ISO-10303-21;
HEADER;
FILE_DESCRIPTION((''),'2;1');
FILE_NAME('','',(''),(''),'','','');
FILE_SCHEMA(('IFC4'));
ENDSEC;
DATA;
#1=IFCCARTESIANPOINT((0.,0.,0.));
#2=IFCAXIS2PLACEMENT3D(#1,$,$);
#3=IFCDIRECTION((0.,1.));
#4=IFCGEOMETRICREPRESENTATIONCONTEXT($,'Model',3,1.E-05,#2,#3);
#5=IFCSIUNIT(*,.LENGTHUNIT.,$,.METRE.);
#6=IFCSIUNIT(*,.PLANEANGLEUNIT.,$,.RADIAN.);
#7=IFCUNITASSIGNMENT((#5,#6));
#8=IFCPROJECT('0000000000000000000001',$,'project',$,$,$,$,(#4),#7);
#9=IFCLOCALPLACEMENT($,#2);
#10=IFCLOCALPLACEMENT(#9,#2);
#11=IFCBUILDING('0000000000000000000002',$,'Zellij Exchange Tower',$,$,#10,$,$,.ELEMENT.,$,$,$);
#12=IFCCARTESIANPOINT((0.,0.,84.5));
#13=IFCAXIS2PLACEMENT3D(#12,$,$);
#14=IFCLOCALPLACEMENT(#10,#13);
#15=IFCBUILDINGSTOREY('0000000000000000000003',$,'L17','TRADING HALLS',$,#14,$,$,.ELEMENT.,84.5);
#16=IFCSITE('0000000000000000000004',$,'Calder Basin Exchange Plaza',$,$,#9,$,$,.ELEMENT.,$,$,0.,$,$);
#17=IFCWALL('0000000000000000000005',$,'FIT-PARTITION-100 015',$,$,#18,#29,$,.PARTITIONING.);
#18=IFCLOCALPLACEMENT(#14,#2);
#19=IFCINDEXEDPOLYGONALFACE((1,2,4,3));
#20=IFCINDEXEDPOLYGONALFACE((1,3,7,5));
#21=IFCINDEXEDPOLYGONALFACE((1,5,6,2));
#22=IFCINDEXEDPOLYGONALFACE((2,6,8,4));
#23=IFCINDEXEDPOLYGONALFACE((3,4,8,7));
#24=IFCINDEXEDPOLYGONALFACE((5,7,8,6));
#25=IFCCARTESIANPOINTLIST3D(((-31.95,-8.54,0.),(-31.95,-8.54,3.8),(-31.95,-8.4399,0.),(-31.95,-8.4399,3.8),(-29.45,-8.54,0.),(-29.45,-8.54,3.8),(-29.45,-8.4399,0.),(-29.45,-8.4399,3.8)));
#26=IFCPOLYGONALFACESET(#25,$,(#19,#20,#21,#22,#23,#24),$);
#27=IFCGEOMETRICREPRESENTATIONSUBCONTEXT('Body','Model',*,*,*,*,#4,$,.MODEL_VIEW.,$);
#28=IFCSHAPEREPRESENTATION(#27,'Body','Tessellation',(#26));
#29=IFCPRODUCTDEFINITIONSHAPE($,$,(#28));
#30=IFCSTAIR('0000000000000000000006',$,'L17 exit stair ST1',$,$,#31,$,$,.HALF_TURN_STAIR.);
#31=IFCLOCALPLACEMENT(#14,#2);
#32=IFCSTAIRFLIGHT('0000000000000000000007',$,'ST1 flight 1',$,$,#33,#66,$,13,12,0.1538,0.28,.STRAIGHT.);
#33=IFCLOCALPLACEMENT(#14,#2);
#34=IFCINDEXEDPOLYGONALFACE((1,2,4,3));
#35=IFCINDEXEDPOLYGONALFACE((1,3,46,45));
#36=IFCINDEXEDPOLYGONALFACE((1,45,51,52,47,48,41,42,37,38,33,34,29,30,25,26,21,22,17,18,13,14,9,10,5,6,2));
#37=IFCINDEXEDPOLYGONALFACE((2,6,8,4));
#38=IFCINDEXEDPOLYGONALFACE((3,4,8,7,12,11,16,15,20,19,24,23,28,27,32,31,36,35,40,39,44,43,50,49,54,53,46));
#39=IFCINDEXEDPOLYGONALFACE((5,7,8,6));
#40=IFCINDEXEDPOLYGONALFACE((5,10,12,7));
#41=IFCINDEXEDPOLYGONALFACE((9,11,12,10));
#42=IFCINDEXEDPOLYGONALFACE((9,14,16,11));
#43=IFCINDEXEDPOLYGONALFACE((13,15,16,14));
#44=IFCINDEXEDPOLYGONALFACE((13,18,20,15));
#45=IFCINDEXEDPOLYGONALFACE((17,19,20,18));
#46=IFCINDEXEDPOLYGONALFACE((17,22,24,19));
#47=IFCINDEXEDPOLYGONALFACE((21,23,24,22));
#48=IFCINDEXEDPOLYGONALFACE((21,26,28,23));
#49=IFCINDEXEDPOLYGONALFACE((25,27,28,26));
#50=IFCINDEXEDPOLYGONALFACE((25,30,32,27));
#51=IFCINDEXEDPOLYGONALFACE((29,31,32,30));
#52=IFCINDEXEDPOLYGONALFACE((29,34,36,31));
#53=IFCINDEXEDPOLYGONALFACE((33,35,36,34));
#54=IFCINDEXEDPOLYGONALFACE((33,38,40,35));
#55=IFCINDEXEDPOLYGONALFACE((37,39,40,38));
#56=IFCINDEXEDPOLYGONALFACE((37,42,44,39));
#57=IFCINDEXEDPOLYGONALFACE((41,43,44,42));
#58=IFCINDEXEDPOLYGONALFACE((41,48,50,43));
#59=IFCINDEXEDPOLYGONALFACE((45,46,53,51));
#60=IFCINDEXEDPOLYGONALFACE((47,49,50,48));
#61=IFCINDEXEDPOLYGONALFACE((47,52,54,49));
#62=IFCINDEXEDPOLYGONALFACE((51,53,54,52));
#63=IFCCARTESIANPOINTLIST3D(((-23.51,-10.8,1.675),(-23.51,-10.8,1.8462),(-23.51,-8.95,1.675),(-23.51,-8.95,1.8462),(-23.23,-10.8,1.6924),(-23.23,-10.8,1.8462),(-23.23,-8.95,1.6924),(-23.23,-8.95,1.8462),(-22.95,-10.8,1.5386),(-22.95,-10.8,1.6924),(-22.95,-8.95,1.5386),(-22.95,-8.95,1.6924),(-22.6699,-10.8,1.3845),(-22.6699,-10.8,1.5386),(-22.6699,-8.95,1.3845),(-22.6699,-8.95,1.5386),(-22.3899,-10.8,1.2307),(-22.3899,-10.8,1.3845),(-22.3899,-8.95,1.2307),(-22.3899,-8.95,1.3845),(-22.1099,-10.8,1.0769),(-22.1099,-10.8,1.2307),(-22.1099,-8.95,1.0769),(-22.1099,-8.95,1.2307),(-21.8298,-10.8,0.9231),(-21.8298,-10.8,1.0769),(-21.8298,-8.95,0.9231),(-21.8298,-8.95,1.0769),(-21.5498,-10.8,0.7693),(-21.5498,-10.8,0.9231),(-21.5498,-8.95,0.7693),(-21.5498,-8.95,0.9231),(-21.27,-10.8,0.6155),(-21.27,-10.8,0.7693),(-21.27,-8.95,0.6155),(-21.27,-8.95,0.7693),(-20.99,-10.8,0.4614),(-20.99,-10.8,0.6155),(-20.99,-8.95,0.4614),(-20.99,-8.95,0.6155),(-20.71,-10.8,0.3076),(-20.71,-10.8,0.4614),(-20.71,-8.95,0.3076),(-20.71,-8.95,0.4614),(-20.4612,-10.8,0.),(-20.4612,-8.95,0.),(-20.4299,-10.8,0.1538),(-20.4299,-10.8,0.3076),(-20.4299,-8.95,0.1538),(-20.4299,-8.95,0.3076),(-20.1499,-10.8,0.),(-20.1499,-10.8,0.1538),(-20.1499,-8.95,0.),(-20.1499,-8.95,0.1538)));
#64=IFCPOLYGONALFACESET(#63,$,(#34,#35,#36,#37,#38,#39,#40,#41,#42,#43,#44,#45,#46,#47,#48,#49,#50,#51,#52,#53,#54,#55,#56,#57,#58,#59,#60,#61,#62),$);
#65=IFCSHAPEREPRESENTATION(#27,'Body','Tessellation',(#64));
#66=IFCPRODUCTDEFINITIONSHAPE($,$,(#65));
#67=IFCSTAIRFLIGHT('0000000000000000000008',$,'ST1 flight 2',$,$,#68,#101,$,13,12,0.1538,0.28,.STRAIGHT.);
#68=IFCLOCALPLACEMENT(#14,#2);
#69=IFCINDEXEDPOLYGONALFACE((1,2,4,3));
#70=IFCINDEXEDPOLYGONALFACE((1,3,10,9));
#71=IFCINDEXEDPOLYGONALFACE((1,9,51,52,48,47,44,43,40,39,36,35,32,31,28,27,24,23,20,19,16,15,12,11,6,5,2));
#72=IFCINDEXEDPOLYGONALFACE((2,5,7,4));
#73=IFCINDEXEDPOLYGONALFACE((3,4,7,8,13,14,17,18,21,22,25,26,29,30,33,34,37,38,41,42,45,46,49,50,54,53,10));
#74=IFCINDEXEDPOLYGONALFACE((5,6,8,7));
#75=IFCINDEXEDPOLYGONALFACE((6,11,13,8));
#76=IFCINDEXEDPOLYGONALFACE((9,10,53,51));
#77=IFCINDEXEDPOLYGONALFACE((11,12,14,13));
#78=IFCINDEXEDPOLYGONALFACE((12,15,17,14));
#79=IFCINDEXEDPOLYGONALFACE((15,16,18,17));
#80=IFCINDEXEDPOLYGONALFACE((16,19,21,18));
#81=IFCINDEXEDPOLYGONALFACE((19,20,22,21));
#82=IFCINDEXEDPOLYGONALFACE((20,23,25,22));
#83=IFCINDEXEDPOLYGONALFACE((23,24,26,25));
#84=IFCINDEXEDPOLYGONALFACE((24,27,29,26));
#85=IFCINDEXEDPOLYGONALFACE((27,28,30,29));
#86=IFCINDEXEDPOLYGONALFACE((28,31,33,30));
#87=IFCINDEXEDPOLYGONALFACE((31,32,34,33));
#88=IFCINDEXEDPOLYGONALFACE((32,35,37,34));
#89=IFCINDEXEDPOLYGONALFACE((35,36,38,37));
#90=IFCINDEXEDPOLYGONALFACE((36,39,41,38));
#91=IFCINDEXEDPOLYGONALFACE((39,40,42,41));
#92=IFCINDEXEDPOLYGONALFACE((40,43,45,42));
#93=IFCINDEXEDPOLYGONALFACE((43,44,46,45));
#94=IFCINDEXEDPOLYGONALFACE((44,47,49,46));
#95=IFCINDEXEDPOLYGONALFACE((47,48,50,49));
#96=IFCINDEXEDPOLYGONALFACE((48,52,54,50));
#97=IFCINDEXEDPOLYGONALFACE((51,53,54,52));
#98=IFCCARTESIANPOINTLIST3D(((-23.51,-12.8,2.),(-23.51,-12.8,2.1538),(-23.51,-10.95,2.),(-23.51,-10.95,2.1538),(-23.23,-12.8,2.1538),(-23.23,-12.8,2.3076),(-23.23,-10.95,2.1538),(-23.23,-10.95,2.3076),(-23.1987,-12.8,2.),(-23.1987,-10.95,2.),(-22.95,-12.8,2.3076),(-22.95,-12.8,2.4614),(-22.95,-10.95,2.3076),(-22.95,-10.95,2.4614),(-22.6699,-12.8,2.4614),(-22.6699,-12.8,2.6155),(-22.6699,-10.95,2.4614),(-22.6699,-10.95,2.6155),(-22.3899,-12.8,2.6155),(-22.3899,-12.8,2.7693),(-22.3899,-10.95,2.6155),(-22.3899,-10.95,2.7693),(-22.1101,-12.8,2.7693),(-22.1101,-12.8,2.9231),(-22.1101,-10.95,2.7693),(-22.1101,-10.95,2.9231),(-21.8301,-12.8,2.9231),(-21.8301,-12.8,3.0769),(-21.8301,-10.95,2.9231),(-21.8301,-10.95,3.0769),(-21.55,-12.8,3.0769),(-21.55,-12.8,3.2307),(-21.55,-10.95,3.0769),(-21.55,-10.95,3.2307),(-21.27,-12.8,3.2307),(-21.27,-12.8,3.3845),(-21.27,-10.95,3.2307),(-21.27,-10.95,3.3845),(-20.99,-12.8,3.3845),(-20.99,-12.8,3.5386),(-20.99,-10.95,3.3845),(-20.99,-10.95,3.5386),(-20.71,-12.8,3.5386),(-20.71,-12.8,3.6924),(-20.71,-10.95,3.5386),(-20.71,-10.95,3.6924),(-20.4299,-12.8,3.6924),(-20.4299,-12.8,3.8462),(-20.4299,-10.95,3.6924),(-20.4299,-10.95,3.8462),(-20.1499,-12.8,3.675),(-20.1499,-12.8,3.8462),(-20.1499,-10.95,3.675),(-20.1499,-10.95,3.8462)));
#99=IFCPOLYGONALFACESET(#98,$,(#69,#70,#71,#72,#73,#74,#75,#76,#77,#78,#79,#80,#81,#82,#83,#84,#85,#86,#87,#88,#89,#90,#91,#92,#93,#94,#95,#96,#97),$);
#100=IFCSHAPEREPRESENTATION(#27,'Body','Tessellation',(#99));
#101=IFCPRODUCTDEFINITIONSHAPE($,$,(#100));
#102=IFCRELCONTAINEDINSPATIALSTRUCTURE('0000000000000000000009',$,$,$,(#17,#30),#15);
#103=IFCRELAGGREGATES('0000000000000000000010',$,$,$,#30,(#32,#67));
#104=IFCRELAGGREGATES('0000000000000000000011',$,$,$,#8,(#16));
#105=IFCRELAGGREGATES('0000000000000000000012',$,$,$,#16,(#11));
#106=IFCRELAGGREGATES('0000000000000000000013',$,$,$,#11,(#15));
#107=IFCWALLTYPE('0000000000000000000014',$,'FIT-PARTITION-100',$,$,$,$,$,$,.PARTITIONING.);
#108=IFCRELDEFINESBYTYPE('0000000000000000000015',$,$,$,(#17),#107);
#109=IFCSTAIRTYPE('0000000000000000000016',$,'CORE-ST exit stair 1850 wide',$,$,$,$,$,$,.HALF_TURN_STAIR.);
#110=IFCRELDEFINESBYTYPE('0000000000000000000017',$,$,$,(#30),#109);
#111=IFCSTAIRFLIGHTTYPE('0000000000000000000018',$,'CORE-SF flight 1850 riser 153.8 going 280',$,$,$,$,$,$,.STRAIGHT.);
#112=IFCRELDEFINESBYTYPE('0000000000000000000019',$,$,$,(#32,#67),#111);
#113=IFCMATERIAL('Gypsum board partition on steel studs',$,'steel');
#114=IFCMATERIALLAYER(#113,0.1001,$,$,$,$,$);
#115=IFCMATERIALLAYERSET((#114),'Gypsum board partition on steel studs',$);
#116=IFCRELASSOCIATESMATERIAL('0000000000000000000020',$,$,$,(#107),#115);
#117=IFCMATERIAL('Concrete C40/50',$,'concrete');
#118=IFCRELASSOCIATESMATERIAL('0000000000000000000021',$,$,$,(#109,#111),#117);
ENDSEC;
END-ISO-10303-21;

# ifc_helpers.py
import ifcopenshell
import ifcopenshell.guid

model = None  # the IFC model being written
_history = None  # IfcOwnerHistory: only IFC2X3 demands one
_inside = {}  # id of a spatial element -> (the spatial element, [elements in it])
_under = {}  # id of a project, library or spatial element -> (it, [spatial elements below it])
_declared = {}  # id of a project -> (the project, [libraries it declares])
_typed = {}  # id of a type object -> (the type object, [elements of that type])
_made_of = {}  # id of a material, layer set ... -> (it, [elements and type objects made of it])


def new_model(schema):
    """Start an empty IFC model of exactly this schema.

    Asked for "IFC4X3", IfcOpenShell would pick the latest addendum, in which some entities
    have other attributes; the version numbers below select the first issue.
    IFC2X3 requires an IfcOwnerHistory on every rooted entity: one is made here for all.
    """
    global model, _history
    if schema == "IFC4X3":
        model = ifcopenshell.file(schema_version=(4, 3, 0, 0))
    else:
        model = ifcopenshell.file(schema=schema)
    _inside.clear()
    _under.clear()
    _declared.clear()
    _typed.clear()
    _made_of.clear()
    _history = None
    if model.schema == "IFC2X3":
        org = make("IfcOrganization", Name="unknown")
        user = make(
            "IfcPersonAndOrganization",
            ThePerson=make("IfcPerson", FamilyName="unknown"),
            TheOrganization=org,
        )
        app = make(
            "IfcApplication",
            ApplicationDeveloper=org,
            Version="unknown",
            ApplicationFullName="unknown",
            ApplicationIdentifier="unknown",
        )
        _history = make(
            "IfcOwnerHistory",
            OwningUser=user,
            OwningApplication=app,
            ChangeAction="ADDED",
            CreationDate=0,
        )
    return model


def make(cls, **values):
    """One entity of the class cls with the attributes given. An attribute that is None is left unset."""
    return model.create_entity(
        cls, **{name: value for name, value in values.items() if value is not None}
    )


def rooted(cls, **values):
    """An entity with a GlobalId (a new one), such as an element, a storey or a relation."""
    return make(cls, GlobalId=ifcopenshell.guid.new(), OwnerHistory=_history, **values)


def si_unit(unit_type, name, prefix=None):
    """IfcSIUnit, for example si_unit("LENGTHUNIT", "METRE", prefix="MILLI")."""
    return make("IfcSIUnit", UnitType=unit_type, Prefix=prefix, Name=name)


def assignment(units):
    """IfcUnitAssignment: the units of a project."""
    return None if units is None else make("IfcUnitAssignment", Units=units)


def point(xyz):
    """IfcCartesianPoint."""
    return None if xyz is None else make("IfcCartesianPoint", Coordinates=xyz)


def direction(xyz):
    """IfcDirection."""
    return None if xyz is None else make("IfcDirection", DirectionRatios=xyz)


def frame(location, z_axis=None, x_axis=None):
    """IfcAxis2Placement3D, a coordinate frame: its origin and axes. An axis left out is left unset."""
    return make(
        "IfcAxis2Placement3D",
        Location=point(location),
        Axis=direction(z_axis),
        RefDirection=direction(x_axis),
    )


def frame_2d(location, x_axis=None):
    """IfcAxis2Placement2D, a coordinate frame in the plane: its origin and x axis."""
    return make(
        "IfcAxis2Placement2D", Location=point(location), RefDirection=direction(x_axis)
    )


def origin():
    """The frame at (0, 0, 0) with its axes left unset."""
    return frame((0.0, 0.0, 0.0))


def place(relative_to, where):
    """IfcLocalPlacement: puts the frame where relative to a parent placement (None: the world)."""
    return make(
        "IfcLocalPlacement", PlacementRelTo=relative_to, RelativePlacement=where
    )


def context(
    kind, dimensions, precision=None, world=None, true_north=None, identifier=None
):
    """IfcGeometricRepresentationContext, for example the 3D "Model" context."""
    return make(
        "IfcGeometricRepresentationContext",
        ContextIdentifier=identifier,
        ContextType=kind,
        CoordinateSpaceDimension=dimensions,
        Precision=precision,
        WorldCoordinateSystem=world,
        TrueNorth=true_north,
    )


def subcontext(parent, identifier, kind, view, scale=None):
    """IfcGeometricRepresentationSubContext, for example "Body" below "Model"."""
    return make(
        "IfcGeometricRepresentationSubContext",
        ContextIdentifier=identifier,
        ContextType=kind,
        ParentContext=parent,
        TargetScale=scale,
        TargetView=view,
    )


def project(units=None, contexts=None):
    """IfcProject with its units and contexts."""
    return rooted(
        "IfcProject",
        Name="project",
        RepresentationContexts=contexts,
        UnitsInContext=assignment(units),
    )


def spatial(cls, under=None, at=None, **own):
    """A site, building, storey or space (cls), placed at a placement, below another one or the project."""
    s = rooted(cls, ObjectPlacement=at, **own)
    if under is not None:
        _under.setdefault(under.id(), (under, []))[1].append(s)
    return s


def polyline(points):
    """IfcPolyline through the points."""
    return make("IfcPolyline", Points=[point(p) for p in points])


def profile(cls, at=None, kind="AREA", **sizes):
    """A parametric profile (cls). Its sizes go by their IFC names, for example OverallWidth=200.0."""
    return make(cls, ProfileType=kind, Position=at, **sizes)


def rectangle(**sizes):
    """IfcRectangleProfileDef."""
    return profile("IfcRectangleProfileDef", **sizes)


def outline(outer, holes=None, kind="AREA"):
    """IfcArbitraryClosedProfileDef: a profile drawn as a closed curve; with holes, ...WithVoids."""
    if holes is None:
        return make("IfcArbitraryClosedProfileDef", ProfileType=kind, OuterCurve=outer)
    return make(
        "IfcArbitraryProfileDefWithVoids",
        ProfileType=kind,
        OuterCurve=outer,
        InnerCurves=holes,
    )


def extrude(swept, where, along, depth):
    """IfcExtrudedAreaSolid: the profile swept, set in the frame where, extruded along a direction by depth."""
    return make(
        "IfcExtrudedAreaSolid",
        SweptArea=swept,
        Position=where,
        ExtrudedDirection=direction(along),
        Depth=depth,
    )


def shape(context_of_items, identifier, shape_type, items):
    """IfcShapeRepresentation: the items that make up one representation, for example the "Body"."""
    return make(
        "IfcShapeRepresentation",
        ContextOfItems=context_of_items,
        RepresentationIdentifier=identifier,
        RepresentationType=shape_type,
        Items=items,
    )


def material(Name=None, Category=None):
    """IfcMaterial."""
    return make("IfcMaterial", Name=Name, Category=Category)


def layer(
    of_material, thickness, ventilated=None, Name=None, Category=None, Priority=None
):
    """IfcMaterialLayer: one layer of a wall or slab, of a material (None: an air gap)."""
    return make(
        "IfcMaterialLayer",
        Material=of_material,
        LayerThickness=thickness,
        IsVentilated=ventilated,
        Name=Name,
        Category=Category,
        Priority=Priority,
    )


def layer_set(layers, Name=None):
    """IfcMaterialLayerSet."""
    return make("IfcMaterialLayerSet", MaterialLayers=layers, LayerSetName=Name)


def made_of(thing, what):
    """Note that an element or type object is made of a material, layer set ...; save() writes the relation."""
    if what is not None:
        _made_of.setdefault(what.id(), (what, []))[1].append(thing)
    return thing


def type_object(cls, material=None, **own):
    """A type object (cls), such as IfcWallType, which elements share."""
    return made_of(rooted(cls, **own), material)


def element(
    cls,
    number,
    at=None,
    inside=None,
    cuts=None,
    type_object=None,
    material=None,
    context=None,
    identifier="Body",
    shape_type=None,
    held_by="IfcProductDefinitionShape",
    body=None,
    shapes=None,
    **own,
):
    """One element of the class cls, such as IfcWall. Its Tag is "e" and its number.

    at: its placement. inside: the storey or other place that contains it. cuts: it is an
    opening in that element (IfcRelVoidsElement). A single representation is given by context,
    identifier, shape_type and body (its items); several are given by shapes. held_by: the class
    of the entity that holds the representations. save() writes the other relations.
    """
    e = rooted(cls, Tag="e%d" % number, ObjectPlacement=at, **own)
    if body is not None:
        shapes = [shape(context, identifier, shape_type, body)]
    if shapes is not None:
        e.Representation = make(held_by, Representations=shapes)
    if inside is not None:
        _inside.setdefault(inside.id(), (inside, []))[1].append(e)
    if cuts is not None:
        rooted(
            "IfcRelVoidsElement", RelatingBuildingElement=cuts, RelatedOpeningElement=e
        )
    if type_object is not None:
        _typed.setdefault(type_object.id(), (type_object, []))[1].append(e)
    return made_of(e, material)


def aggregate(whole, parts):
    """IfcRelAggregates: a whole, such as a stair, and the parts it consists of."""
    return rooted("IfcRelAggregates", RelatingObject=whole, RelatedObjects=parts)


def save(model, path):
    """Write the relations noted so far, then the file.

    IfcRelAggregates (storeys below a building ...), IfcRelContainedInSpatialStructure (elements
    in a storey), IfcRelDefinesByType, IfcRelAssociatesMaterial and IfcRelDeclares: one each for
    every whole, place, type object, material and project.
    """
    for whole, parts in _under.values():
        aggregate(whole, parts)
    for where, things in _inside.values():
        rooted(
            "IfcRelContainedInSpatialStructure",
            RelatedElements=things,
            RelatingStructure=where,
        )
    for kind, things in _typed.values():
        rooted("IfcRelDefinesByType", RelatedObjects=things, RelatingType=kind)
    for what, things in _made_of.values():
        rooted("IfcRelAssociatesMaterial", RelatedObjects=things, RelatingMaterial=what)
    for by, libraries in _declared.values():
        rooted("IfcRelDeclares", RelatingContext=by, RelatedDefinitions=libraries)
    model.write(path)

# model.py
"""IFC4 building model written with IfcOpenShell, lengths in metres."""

from ifc_helpers import new_model, si_unit, direction, frame, frame_2d, origin, place, context, subcontext, project, spatial, polyline, rectangle, outline, extrude, material, layer, layer_set, type_object, element, aggregate, save


model = new_model("IFC4")

# Units and contexts
model_context = context("Model", 3, precision=1e-05, world=origin(), true_north=direction((0.0, 1.0)))
body_context = subcontext(model_context, "Body", "Model", "MODEL_VIEW")
ifc_project = project(units=[si_unit("LENGTHUNIT", "METRE"), si_unit("PLANEANGLEUNIT", "RADIAN")], contexts=[model_context])

# Site, building, storey
site_placement = place(None, origin())
site = spatial("IfcSite", under=ifc_project, at=site_placement, Name="Calder Basin Exchange Plaza", CompositionType="ELEMENT", RefElevation=0.0)
building_placement = place(site_placement, origin())
building = spatial("IfcBuilding", under=site, at=building_placement, Name="Zellij Exchange Tower", CompositionType="ELEMENT")
storey_placement = place(building_placement, frame((0.0, 0.0, 84.5)))
storey = spatial("IfcBuildingStorey", under=building, at=storey_placement, Name="L17", Description="TRADING HALLS", CompositionType="ELEMENT", Elevation=84.5)

# Shared definitions
ifc_material_1 = material(Name="Gypsum board partition on steel studs", Category="steel")
ifc_layer_1 = layer(ifc_material_1, 0.1001)
ifc_layer_set_1 = layer_set([ifc_layer_1], Name="Gypsum board partition on steel studs")
wall_type_1 = type_object("IfcWallType", Name="FIT-PARTITION-100", PredefinedType="PARTITIONING", material=ifc_layer_set_1)

# Wall
wall_1_placement = place(storey_placement, frame((-31.95, -8.49, 0.0), z_axis=(0.0, 0.0, 1.0), x_axis=(1.0, 0.0, 0.0)))
element("IfcWall", 1, at=wall_1_placement, inside=storey, type_object=wall_type_1, Name="FIT-PARTITION-100 015", PredefinedType="PARTITIONING", context=body_context, shape_type="SweptSolid", body=[
    extrude(rectangle(XDim=2.5, YDim=0.1001, at=frame_2d((1.25, 0.0))), origin(), (0.0, 0.0, 1.0), 3.8),
])

# Stair, stair flights
ifc_material_2 = material(Name="Concrete C40/50", Category="concrete")
stair_type = type_object("IfcStairType", Name="CORE-ST exit stair 1850 wide", PredefinedType="HALF_TURN_STAIR", material=ifc_material_2)
stair_placement = place(storey_placement, origin())
stair = element("IfcStair", 2, at=stair_placement, inside=storey, type_object=stair_type, Name="L17 exit stair ST1", PredefinedType="HALF_TURN_STAIR")
stair_flight_type = type_object("IfcStairFlightType", Name="CORE-SF flight 1850 riser 153.8 going 280", PredefinedType="STRAIGHT", material=ifc_material_2)
stair_flight_1_placement = place(storey_placement, frame((-20.1499, -9.875, 0.0), z_axis=(0.0, 0.0, 1.0), x_axis=(-1.0, 0.0, 0.0)))
stair_flight_1 = element("IfcStairFlight", 3, at=stair_flight_1_placement, type_object=stair_flight_type, Name="ST1 flight 1", NumberOfRisers=13, NumberOfTreads=12, PredefinedType="STRAIGHT", RiserHeight=0.1538, TreadLength=0.28, context=body_context, shape_type="SweptSolid", body=[
    extrude(outline(polyline([(0.0, 0.0), (0.0, 0.1538), (0.28, 0.1538), (0.28, 0.3076), (0.5601, 0.3076), (0.5601, 0.4614), (0.8401, 0.4614), (0.8401, 0.6155), (1.1201, 0.6155), (1.1201, 0.7693), (1.3999, 0.7693), (1.3999, 0.9231), (1.6799, 0.9231), (1.6799, 1.0769), (1.96, 1.0769), (1.96, 1.2307), (2.24, 1.2307), (2.24, 1.3845), (2.52, 1.3845), (2.52, 1.5386), (2.8, 1.5386), (2.8, 1.6924), (3.0801, 1.6924), (3.0801, 1.8462), (3.3601, 1.8462), (3.3601, 2.0), (3.3601, 1.675), (0.3113, 0.0), (0.0, 0.0)])), frame((0.0, 0.925, 0.0), z_axis=(0.0, -1.0, 0.0), x_axis=(1.0, 0.0, 0.0)), (0.0, 0.0, 1.0), 1.8501),
])
stair_flight_2_placement = place(storey_placement, frame((-23.51, -11.875, 2.0), z_axis=(0.0, 0.0, 1.0), x_axis=(1.0, 0.0, 0.0)))
stair_flight_2 = element("IfcStairFlight", 4, at=stair_flight_2_placement, type_object=stair_flight_type, Name="ST1 flight 2", NumberOfRisers=13, NumberOfTreads=12, PredefinedType="STRAIGHT", RiserHeight=0.1538, TreadLength=0.28, context=body_context, shape_type="SweptSolid", body=[
    extrude(outline(polyline([(0.0, 0.0), (0.0, 0.1538), (0.28, 0.1538), (0.28, 0.3076), (0.5601, 0.3076), (0.5601, 0.4614), (0.8401, 0.4614), (0.8401, 0.6155), (1.1201, 0.6155), (1.1201, 0.7693), (1.3999, 0.7693), (1.3999, 0.9231), (1.6799, 0.9231), (1.6799, 1.0769), (1.96, 1.0769), (1.96, 1.2307), (2.24, 1.2307), (2.24, 1.3845), (2.52, 1.3845), (2.52, 1.5386), (2.8, 1.5386), (2.8, 1.6924), (3.0801, 1.6924), (3.0801, 1.8462), (3.3601, 1.8462), (3.3601, 2.0), (3.3601, 1.675), (0.3113, 0.0), (0.0, 0.0)])), frame((0.0, 0.925, 0.0), z_axis=(0.0, -1.0, 0.0), x_axis=(1.0, 0.0, 0.0)), (0.0, 0.0, 1.0), 1.8501),
])
aggregate(stair, [stair_flight_1, stair_flight_2])

save(model, "model.ifc")
